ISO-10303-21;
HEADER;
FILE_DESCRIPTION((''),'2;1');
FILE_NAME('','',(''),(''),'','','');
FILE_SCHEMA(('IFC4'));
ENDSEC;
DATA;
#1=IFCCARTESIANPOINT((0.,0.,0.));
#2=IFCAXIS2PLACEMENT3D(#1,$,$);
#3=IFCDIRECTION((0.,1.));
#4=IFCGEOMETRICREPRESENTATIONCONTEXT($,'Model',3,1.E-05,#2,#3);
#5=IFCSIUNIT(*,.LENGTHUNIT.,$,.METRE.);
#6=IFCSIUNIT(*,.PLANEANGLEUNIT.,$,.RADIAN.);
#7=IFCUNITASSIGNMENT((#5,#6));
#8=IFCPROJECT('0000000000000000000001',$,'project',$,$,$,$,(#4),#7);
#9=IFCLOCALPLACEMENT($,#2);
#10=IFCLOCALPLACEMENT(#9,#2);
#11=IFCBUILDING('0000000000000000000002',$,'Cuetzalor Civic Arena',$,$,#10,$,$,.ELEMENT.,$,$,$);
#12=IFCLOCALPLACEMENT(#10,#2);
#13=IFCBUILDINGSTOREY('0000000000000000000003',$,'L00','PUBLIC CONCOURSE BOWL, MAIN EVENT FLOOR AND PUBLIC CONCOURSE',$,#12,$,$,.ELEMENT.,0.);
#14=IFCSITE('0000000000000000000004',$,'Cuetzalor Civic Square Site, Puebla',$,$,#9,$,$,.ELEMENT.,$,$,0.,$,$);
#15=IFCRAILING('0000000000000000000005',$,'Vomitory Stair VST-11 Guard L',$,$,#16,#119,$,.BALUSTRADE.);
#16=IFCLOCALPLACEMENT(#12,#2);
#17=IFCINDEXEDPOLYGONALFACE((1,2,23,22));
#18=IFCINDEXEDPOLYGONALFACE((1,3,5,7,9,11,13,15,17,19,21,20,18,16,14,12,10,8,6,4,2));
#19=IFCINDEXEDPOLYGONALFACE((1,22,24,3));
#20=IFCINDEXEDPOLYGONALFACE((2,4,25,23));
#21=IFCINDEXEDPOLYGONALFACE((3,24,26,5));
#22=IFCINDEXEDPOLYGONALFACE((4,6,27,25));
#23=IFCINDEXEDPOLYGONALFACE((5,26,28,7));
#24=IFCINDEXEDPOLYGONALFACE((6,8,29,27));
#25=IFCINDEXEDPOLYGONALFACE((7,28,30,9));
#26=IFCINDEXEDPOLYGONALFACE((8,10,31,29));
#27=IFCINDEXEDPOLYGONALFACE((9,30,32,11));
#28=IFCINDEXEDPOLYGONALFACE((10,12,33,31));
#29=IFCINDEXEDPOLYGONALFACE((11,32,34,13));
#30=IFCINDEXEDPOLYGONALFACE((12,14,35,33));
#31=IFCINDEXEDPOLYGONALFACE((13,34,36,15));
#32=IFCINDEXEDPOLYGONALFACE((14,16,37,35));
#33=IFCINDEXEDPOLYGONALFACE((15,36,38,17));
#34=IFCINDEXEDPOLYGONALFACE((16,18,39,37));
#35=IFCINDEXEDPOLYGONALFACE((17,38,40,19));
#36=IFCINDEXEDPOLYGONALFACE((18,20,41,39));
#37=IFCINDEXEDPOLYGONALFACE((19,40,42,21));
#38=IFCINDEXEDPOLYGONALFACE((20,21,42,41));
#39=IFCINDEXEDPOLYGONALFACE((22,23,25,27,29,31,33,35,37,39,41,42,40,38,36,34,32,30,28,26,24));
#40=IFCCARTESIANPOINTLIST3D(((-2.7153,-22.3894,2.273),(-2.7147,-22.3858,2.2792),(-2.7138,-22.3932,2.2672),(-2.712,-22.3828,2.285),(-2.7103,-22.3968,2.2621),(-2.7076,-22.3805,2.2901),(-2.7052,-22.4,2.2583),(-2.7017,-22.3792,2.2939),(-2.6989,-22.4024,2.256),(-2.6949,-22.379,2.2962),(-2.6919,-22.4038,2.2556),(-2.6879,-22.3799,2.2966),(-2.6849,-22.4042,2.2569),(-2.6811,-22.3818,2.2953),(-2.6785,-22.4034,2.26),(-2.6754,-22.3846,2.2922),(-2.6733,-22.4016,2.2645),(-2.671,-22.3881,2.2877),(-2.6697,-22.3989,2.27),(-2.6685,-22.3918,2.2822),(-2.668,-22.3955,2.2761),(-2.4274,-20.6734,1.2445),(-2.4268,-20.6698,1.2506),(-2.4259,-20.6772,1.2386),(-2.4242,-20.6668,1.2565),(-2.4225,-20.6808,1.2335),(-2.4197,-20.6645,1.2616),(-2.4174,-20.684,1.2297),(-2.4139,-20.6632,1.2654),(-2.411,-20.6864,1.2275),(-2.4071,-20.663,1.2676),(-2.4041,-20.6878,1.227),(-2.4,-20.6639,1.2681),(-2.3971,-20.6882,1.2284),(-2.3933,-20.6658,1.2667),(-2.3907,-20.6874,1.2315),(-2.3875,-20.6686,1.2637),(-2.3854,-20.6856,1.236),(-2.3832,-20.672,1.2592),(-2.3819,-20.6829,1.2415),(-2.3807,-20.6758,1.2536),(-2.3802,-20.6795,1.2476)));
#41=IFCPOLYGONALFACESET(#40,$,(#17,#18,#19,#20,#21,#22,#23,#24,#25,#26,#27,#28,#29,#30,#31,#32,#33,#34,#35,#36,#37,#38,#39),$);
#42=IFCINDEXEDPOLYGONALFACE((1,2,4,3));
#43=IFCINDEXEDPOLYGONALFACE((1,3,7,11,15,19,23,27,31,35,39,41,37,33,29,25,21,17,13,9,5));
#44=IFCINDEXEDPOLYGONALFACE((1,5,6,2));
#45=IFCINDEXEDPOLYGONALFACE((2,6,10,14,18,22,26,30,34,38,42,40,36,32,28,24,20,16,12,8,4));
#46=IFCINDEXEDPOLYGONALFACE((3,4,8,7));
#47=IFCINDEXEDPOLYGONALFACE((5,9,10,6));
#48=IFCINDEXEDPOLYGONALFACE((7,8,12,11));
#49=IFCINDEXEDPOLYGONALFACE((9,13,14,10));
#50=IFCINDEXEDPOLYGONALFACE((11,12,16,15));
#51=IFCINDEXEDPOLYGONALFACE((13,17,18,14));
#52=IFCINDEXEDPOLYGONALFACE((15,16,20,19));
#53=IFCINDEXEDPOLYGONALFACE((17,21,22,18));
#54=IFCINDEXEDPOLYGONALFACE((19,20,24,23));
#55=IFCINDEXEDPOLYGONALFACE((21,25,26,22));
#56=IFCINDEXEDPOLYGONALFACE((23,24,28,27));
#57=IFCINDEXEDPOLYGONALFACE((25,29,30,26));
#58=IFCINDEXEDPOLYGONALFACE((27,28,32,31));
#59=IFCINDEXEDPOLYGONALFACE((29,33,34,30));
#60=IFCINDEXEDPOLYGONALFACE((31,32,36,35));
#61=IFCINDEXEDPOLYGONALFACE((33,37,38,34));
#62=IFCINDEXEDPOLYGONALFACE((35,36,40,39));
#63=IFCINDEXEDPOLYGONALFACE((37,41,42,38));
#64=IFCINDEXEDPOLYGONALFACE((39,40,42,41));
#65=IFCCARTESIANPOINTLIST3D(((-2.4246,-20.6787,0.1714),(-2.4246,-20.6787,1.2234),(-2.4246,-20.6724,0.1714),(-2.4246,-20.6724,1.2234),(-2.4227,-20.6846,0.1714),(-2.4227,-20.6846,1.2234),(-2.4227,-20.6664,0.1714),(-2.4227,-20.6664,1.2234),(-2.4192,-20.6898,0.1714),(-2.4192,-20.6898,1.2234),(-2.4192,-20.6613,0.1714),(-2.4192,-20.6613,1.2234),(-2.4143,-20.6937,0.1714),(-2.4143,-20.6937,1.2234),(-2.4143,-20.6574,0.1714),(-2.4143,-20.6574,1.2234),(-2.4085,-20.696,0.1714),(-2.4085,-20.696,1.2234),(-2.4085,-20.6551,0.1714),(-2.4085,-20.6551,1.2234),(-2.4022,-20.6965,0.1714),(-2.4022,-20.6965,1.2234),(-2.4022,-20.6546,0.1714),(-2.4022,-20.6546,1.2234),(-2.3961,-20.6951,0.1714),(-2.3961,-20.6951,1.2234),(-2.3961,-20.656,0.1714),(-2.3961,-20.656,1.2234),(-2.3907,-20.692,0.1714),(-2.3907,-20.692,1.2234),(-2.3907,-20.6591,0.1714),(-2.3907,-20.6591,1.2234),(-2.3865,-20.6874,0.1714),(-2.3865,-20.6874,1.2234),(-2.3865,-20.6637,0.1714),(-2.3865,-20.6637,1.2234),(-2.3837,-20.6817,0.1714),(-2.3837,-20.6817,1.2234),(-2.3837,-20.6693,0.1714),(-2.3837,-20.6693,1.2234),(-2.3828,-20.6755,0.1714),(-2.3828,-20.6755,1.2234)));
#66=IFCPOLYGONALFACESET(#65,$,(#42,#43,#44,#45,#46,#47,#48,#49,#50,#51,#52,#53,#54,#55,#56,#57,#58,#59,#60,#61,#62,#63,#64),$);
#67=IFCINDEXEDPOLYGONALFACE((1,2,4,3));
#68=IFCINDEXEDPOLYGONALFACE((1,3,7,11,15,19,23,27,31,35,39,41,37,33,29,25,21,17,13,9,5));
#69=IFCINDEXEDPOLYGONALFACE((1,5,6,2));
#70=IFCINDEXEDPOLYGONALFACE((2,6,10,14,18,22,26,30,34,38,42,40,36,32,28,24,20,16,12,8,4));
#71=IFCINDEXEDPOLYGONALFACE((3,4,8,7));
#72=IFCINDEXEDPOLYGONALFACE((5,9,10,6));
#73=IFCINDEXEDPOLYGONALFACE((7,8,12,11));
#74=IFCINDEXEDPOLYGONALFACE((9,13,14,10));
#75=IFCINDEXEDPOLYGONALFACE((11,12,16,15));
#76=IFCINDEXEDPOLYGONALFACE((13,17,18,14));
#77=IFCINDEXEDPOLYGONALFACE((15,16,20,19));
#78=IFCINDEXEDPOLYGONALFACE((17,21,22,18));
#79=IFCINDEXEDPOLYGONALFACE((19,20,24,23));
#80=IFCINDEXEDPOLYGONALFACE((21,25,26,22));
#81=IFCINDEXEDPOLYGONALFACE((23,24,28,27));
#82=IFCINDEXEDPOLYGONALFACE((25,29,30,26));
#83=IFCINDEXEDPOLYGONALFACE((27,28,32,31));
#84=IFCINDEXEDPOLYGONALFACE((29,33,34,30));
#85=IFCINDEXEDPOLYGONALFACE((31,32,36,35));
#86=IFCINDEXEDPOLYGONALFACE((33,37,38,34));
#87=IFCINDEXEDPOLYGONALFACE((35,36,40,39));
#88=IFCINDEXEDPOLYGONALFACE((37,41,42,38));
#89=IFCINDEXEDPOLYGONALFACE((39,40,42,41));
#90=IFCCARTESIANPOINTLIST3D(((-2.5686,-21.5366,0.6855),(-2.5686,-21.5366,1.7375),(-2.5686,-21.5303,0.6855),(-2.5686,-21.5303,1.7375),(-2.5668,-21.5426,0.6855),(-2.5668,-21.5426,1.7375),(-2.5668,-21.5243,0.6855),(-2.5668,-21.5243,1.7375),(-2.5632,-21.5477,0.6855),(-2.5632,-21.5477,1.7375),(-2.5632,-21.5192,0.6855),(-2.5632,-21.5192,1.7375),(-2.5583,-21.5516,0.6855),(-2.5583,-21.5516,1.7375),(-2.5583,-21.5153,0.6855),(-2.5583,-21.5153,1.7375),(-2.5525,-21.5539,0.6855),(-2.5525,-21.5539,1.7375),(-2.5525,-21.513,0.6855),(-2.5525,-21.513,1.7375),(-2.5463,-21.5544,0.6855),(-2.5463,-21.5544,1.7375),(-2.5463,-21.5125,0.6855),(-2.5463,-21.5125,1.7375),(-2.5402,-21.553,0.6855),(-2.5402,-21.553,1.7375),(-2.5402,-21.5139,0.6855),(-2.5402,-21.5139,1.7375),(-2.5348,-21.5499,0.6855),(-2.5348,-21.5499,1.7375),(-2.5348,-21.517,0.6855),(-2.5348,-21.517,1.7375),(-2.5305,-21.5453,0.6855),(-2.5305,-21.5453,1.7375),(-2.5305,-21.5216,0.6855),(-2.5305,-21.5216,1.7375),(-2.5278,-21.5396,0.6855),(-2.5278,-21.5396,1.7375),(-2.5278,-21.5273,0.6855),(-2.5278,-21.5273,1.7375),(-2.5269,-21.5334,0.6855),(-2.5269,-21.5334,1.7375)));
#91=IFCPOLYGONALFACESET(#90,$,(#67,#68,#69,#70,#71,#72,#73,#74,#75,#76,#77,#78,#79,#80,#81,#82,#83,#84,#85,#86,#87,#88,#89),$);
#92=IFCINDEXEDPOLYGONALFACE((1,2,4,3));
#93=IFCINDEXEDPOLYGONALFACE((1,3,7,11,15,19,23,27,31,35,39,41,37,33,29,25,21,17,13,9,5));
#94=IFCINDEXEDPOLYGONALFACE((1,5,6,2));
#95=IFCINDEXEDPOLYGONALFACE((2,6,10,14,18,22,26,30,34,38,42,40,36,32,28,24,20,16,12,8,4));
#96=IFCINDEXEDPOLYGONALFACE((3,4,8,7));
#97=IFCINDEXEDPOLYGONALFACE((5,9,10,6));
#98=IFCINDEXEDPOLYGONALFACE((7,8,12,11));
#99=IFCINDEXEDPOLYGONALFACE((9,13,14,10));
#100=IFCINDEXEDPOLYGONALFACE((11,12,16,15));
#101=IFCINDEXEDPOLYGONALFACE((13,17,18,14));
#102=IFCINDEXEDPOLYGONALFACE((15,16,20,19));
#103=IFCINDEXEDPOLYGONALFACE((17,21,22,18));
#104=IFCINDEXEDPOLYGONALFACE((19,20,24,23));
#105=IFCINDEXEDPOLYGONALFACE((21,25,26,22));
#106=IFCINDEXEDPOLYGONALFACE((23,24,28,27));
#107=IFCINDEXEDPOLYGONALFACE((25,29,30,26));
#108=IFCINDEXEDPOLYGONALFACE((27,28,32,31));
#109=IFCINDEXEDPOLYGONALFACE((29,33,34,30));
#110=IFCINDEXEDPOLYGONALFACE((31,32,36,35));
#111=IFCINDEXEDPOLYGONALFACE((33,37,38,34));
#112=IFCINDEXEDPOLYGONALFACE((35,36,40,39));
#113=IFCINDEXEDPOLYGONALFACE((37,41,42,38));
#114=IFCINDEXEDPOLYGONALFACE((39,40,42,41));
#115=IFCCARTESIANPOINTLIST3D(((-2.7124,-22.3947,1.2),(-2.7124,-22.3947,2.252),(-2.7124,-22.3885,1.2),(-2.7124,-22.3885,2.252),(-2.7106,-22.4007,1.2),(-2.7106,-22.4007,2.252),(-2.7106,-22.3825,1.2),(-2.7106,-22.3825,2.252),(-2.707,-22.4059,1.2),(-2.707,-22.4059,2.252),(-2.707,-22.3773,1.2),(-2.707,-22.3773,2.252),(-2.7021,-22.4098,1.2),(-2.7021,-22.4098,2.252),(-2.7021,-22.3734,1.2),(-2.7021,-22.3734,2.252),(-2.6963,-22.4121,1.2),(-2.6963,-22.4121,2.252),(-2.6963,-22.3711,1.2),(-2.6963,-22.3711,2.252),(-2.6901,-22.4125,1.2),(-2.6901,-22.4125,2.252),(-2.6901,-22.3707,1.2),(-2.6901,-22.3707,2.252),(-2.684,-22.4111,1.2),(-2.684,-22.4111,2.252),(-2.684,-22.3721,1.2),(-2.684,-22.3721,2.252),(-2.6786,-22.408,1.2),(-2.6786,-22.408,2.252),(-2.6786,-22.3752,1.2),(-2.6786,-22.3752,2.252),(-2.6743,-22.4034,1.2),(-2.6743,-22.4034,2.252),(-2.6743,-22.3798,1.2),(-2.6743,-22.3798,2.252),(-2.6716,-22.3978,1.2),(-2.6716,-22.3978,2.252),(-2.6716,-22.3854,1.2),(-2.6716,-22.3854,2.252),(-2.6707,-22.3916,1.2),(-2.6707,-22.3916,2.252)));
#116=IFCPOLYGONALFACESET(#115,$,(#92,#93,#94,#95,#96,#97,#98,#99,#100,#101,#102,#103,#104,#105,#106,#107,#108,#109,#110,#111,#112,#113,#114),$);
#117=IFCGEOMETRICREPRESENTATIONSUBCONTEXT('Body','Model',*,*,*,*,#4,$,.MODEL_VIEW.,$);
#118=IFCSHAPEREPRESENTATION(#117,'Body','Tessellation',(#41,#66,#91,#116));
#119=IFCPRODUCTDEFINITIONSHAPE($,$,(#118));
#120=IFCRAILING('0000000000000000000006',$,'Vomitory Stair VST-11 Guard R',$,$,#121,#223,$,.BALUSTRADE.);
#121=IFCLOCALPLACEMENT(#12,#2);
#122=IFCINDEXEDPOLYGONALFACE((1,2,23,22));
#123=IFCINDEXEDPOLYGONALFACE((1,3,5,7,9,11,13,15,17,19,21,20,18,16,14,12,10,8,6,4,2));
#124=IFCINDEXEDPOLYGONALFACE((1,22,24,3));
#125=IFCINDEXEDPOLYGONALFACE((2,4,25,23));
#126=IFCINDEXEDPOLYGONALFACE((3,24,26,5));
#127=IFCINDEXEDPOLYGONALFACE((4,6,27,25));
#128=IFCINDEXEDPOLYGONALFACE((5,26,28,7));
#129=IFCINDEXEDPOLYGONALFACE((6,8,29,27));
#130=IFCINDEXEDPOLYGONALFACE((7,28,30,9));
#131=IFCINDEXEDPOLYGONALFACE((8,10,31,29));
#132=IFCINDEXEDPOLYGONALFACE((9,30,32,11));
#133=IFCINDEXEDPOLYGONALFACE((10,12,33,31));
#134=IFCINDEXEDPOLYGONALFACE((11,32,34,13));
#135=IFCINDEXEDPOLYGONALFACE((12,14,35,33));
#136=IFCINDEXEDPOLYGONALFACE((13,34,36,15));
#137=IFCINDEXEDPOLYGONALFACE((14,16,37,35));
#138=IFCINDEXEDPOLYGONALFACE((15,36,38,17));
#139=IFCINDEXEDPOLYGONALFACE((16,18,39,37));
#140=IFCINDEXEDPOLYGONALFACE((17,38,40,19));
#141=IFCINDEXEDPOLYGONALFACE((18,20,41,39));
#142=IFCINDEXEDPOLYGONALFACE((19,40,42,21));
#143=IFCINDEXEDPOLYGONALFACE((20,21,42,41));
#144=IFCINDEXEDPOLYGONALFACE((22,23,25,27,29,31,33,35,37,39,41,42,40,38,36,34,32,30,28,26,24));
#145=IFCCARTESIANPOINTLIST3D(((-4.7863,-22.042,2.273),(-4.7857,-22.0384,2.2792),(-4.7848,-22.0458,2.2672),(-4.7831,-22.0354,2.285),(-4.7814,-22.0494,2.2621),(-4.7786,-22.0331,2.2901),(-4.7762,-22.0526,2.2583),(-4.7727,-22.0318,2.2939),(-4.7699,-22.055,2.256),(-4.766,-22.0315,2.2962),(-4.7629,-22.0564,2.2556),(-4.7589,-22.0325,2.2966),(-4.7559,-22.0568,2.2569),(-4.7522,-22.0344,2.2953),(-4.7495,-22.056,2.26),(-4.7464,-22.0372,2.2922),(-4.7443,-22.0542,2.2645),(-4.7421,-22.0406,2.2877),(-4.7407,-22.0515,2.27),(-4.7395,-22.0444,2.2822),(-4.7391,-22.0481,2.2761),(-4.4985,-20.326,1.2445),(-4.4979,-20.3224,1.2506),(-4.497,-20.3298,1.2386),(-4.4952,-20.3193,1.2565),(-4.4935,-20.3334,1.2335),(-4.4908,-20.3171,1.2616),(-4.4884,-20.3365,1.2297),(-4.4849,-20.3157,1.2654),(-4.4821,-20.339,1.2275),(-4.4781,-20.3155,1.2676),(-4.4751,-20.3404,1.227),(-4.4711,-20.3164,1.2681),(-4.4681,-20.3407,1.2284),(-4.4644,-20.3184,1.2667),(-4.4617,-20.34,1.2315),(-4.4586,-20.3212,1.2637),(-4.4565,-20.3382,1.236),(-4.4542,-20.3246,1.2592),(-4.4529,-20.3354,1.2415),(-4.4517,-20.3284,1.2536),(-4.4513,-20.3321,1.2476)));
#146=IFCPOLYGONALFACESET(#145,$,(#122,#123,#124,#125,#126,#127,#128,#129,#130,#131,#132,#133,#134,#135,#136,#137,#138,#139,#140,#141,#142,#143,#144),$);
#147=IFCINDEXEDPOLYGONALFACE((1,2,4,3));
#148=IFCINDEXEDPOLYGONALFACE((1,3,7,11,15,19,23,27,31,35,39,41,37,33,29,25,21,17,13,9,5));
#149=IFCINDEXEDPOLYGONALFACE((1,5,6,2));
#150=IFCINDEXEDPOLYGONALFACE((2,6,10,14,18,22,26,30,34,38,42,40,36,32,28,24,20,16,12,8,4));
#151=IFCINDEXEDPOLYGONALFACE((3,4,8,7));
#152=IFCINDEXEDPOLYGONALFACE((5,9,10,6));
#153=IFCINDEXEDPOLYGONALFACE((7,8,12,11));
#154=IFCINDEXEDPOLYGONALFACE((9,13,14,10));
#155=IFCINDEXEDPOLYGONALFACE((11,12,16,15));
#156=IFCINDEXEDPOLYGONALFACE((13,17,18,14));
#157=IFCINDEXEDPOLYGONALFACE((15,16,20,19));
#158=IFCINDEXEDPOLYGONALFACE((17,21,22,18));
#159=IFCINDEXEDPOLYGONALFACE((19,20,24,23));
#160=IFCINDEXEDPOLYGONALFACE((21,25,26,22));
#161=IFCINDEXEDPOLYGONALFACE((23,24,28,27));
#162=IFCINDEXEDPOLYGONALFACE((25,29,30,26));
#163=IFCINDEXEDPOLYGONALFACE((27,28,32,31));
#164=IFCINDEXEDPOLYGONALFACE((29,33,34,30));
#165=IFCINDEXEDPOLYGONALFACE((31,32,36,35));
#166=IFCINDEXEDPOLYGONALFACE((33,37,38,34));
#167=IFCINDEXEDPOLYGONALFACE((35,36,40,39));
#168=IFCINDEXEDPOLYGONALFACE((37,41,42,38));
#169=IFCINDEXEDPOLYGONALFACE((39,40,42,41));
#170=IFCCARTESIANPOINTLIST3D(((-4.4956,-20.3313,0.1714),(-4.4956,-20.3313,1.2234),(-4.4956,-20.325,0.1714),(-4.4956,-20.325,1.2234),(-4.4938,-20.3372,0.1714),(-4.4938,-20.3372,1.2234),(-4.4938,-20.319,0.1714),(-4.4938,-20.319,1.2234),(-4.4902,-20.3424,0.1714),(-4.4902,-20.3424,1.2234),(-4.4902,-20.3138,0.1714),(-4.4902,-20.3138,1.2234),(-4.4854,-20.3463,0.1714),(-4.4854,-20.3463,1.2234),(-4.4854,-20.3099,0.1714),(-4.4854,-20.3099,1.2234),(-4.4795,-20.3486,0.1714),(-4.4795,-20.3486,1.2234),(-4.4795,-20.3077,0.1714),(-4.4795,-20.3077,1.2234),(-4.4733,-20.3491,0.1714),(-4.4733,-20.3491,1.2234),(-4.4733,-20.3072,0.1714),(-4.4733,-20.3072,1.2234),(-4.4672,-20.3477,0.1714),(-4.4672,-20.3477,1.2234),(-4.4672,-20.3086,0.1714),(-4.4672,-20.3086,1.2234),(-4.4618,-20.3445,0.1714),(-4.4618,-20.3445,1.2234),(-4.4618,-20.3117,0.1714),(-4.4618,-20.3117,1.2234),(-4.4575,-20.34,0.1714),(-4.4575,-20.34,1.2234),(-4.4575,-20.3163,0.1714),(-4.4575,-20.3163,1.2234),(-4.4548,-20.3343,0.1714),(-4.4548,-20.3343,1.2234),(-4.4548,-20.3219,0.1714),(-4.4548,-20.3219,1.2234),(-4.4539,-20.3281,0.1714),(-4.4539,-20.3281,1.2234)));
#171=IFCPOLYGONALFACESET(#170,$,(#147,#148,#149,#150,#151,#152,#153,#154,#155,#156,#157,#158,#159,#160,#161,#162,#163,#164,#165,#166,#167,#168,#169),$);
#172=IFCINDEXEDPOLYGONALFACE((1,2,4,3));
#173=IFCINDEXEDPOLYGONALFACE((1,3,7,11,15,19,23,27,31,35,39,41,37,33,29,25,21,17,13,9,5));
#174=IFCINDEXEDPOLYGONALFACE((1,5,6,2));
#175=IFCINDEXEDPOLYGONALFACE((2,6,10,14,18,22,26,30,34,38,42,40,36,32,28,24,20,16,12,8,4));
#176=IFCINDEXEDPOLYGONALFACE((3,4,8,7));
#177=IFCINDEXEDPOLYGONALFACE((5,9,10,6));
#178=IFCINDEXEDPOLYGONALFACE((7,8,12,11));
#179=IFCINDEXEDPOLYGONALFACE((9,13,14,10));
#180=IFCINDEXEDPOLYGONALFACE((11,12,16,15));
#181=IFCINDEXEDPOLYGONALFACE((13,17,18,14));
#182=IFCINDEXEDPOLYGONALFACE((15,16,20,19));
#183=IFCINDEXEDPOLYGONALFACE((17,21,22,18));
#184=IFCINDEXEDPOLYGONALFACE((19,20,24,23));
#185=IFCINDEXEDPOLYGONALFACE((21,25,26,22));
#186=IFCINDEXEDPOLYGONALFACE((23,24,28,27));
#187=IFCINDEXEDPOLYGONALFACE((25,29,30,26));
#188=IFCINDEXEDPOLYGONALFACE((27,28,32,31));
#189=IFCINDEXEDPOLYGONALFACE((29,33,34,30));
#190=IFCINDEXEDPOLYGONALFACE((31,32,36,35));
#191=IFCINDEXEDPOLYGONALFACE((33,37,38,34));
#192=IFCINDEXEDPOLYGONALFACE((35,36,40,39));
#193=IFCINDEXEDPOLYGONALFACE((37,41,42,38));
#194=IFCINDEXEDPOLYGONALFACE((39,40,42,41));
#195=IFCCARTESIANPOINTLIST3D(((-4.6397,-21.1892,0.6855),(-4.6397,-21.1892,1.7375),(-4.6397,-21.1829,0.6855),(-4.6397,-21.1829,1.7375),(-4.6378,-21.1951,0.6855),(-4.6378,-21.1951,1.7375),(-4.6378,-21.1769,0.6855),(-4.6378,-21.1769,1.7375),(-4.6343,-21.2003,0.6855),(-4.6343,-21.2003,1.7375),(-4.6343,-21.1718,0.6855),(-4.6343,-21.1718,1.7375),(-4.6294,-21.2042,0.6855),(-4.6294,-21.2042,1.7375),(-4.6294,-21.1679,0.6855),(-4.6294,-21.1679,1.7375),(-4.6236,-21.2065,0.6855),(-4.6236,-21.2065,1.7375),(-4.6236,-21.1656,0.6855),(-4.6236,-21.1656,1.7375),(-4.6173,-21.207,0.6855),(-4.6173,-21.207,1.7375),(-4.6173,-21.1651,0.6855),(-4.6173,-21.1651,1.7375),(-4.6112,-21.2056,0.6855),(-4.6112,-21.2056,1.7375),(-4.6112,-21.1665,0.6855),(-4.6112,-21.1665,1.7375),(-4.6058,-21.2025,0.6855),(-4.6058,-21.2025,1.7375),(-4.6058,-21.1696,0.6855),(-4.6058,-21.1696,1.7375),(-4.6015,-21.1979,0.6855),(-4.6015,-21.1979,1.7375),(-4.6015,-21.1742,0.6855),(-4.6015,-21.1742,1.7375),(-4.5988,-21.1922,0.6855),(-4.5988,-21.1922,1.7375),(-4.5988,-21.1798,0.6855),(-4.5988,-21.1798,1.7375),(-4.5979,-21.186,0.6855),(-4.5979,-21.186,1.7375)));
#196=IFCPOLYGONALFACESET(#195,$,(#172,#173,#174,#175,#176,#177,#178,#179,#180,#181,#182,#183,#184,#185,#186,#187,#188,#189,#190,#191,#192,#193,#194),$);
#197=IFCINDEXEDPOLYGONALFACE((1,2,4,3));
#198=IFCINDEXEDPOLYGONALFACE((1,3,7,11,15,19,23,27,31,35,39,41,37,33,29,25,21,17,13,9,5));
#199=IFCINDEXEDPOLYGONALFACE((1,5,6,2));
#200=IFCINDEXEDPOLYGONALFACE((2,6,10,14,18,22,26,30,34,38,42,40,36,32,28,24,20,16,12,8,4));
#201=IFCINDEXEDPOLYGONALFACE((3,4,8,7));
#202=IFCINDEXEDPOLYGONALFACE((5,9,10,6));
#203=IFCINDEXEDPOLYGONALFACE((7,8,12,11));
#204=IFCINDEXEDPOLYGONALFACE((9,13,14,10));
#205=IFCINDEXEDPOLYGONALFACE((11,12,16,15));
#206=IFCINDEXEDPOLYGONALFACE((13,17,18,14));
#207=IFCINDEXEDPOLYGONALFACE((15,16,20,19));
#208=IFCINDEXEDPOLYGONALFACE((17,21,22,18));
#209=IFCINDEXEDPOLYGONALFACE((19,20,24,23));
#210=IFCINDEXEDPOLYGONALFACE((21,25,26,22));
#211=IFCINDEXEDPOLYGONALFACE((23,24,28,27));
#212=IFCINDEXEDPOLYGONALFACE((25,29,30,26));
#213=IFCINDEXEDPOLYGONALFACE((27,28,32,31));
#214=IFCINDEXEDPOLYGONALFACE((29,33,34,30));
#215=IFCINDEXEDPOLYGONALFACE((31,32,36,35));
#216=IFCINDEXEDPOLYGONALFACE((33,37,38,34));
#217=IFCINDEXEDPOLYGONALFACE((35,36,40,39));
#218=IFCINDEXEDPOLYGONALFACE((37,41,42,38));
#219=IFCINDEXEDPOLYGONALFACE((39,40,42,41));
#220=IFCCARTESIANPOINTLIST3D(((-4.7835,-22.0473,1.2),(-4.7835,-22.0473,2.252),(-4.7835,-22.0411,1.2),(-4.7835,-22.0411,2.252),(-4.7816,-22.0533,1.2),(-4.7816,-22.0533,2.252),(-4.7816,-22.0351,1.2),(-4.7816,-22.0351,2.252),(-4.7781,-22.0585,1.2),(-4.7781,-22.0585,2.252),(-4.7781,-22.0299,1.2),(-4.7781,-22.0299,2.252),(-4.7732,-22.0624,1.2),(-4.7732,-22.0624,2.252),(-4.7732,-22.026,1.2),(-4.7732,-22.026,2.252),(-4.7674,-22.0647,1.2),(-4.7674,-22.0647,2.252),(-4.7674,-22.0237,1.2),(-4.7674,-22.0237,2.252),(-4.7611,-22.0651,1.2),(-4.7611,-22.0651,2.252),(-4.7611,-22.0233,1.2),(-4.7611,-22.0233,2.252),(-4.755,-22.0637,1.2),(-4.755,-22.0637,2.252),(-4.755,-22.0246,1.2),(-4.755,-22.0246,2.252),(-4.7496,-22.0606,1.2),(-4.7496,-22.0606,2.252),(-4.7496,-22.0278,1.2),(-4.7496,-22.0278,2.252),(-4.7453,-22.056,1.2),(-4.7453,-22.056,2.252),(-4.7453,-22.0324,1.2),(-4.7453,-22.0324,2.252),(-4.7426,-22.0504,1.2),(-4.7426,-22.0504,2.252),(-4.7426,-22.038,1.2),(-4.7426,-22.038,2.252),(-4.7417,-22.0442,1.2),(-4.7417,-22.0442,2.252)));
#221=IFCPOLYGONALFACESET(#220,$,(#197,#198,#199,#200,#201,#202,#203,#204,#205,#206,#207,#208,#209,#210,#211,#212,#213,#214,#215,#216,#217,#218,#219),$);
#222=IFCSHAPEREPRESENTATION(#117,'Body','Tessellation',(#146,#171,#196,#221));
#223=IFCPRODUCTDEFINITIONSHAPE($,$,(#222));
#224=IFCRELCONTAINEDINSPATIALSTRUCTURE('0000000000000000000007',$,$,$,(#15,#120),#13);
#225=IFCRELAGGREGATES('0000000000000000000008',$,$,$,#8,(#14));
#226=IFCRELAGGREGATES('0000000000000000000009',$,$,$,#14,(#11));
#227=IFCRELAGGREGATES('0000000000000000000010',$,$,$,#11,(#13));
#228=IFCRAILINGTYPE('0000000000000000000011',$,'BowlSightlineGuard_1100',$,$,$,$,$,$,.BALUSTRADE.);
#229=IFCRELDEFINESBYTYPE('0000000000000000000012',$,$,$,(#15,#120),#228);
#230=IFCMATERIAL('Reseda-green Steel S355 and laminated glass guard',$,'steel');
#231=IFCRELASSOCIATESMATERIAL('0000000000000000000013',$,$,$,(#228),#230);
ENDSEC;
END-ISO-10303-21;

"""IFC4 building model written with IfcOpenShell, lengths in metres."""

from ifc_helpers import new_model, si_unit, direction, frame, origin, origin_2d, place, context, subcontext, project, spatial, circle, extrude, material, type_object, element, save


model = new_model("IFC4")

# Units and contexts
model_context = context("Model", 3, precision=1e-05, world=origin(), true_north=direction((0.0, 1.0)))
body_context = subcontext(model_context, "Body", "Model", "MODEL_VIEW")
ifc_project = project(units=[si_unit("LENGTHUNIT", "METRE"), si_unit("PLANEANGLEUNIT", "RADIAN")], contexts=[model_context])

# Site, building, storey
site_placement = place(None, origin())
site = spatial("IfcSite", under=ifc_project, at=site_placement, Name="Cuetzalor Civic Square Site, Puebla", CompositionType="ELEMENT", RefElevation=0.0)
building_placement = place(site_placement, origin())
building = spatial("IfcBuilding", under=site, at=building_placement, Name="Cuetzalor Civic Arena", CompositionType="ELEMENT")
storey_placement = place(building_placement, origin())
storey = spatial("IfcBuildingStorey", under=building, at=storey_placement, Name="L00", Description="PUBLIC CONCOURSE BOWL, MAIN EVENT FLOOR AND PUBLIC CONCOURSE", CompositionType="ELEMENT", Elevation=0.0)

# Railings
ifc_material_1 = material(Name="Reseda-green Steel S355 and laminated glass guard", Category="steel")
railing_type_1 = type_object("IfcRailingType", Name="BowlSightlineGuard_1100", PredefinedType="BALUSTRADE", material=ifc_material_1)
for number, where, name in (
    (1, (-2.4038, -20.6755, 0.1714), "Vomitory Stair VST-11 Guard L"),
    (2, (-4.4749, -20.3281, 0.1714), "Vomitory Stair VST-11 Guard R"),
):
    element("IfcRailing", number, at=place(storey_placement, frame(where)), inside=storey, type_object=railing_type_1, Name=name, PredefinedType="BALUSTRADE", context=body_context, shape_type="SweptSolid", body=[
        extrude(circle(Radius=0.0239, at=origin_2d()), frame((0.0, 0.0, 1.0762), z_axis=(-0.142404, -0.848988, 0.508862), x_axis=(0.986223, -0.165423, 0.0)), (0.0, 0.0, 1.0), 2.0212),
        extrude(circle(Radius=0.021, at=origin_2d()), origin(), (0.0, 0.0, 1.0), 1.052),
        extrude(circle(Radius=0.021, at=origin_2d()), frame((-0.144, -0.8579, 0.5142)), (0.0, 0.0, 1.0), 1.052),
        extrude(circle(Radius=0.021, at=origin_2d()), frame((-0.2878, -1.7161, 1.0286)), (0.0, 0.0, 1.0), 1.052),
    ])

save(model, "model.ifc")
